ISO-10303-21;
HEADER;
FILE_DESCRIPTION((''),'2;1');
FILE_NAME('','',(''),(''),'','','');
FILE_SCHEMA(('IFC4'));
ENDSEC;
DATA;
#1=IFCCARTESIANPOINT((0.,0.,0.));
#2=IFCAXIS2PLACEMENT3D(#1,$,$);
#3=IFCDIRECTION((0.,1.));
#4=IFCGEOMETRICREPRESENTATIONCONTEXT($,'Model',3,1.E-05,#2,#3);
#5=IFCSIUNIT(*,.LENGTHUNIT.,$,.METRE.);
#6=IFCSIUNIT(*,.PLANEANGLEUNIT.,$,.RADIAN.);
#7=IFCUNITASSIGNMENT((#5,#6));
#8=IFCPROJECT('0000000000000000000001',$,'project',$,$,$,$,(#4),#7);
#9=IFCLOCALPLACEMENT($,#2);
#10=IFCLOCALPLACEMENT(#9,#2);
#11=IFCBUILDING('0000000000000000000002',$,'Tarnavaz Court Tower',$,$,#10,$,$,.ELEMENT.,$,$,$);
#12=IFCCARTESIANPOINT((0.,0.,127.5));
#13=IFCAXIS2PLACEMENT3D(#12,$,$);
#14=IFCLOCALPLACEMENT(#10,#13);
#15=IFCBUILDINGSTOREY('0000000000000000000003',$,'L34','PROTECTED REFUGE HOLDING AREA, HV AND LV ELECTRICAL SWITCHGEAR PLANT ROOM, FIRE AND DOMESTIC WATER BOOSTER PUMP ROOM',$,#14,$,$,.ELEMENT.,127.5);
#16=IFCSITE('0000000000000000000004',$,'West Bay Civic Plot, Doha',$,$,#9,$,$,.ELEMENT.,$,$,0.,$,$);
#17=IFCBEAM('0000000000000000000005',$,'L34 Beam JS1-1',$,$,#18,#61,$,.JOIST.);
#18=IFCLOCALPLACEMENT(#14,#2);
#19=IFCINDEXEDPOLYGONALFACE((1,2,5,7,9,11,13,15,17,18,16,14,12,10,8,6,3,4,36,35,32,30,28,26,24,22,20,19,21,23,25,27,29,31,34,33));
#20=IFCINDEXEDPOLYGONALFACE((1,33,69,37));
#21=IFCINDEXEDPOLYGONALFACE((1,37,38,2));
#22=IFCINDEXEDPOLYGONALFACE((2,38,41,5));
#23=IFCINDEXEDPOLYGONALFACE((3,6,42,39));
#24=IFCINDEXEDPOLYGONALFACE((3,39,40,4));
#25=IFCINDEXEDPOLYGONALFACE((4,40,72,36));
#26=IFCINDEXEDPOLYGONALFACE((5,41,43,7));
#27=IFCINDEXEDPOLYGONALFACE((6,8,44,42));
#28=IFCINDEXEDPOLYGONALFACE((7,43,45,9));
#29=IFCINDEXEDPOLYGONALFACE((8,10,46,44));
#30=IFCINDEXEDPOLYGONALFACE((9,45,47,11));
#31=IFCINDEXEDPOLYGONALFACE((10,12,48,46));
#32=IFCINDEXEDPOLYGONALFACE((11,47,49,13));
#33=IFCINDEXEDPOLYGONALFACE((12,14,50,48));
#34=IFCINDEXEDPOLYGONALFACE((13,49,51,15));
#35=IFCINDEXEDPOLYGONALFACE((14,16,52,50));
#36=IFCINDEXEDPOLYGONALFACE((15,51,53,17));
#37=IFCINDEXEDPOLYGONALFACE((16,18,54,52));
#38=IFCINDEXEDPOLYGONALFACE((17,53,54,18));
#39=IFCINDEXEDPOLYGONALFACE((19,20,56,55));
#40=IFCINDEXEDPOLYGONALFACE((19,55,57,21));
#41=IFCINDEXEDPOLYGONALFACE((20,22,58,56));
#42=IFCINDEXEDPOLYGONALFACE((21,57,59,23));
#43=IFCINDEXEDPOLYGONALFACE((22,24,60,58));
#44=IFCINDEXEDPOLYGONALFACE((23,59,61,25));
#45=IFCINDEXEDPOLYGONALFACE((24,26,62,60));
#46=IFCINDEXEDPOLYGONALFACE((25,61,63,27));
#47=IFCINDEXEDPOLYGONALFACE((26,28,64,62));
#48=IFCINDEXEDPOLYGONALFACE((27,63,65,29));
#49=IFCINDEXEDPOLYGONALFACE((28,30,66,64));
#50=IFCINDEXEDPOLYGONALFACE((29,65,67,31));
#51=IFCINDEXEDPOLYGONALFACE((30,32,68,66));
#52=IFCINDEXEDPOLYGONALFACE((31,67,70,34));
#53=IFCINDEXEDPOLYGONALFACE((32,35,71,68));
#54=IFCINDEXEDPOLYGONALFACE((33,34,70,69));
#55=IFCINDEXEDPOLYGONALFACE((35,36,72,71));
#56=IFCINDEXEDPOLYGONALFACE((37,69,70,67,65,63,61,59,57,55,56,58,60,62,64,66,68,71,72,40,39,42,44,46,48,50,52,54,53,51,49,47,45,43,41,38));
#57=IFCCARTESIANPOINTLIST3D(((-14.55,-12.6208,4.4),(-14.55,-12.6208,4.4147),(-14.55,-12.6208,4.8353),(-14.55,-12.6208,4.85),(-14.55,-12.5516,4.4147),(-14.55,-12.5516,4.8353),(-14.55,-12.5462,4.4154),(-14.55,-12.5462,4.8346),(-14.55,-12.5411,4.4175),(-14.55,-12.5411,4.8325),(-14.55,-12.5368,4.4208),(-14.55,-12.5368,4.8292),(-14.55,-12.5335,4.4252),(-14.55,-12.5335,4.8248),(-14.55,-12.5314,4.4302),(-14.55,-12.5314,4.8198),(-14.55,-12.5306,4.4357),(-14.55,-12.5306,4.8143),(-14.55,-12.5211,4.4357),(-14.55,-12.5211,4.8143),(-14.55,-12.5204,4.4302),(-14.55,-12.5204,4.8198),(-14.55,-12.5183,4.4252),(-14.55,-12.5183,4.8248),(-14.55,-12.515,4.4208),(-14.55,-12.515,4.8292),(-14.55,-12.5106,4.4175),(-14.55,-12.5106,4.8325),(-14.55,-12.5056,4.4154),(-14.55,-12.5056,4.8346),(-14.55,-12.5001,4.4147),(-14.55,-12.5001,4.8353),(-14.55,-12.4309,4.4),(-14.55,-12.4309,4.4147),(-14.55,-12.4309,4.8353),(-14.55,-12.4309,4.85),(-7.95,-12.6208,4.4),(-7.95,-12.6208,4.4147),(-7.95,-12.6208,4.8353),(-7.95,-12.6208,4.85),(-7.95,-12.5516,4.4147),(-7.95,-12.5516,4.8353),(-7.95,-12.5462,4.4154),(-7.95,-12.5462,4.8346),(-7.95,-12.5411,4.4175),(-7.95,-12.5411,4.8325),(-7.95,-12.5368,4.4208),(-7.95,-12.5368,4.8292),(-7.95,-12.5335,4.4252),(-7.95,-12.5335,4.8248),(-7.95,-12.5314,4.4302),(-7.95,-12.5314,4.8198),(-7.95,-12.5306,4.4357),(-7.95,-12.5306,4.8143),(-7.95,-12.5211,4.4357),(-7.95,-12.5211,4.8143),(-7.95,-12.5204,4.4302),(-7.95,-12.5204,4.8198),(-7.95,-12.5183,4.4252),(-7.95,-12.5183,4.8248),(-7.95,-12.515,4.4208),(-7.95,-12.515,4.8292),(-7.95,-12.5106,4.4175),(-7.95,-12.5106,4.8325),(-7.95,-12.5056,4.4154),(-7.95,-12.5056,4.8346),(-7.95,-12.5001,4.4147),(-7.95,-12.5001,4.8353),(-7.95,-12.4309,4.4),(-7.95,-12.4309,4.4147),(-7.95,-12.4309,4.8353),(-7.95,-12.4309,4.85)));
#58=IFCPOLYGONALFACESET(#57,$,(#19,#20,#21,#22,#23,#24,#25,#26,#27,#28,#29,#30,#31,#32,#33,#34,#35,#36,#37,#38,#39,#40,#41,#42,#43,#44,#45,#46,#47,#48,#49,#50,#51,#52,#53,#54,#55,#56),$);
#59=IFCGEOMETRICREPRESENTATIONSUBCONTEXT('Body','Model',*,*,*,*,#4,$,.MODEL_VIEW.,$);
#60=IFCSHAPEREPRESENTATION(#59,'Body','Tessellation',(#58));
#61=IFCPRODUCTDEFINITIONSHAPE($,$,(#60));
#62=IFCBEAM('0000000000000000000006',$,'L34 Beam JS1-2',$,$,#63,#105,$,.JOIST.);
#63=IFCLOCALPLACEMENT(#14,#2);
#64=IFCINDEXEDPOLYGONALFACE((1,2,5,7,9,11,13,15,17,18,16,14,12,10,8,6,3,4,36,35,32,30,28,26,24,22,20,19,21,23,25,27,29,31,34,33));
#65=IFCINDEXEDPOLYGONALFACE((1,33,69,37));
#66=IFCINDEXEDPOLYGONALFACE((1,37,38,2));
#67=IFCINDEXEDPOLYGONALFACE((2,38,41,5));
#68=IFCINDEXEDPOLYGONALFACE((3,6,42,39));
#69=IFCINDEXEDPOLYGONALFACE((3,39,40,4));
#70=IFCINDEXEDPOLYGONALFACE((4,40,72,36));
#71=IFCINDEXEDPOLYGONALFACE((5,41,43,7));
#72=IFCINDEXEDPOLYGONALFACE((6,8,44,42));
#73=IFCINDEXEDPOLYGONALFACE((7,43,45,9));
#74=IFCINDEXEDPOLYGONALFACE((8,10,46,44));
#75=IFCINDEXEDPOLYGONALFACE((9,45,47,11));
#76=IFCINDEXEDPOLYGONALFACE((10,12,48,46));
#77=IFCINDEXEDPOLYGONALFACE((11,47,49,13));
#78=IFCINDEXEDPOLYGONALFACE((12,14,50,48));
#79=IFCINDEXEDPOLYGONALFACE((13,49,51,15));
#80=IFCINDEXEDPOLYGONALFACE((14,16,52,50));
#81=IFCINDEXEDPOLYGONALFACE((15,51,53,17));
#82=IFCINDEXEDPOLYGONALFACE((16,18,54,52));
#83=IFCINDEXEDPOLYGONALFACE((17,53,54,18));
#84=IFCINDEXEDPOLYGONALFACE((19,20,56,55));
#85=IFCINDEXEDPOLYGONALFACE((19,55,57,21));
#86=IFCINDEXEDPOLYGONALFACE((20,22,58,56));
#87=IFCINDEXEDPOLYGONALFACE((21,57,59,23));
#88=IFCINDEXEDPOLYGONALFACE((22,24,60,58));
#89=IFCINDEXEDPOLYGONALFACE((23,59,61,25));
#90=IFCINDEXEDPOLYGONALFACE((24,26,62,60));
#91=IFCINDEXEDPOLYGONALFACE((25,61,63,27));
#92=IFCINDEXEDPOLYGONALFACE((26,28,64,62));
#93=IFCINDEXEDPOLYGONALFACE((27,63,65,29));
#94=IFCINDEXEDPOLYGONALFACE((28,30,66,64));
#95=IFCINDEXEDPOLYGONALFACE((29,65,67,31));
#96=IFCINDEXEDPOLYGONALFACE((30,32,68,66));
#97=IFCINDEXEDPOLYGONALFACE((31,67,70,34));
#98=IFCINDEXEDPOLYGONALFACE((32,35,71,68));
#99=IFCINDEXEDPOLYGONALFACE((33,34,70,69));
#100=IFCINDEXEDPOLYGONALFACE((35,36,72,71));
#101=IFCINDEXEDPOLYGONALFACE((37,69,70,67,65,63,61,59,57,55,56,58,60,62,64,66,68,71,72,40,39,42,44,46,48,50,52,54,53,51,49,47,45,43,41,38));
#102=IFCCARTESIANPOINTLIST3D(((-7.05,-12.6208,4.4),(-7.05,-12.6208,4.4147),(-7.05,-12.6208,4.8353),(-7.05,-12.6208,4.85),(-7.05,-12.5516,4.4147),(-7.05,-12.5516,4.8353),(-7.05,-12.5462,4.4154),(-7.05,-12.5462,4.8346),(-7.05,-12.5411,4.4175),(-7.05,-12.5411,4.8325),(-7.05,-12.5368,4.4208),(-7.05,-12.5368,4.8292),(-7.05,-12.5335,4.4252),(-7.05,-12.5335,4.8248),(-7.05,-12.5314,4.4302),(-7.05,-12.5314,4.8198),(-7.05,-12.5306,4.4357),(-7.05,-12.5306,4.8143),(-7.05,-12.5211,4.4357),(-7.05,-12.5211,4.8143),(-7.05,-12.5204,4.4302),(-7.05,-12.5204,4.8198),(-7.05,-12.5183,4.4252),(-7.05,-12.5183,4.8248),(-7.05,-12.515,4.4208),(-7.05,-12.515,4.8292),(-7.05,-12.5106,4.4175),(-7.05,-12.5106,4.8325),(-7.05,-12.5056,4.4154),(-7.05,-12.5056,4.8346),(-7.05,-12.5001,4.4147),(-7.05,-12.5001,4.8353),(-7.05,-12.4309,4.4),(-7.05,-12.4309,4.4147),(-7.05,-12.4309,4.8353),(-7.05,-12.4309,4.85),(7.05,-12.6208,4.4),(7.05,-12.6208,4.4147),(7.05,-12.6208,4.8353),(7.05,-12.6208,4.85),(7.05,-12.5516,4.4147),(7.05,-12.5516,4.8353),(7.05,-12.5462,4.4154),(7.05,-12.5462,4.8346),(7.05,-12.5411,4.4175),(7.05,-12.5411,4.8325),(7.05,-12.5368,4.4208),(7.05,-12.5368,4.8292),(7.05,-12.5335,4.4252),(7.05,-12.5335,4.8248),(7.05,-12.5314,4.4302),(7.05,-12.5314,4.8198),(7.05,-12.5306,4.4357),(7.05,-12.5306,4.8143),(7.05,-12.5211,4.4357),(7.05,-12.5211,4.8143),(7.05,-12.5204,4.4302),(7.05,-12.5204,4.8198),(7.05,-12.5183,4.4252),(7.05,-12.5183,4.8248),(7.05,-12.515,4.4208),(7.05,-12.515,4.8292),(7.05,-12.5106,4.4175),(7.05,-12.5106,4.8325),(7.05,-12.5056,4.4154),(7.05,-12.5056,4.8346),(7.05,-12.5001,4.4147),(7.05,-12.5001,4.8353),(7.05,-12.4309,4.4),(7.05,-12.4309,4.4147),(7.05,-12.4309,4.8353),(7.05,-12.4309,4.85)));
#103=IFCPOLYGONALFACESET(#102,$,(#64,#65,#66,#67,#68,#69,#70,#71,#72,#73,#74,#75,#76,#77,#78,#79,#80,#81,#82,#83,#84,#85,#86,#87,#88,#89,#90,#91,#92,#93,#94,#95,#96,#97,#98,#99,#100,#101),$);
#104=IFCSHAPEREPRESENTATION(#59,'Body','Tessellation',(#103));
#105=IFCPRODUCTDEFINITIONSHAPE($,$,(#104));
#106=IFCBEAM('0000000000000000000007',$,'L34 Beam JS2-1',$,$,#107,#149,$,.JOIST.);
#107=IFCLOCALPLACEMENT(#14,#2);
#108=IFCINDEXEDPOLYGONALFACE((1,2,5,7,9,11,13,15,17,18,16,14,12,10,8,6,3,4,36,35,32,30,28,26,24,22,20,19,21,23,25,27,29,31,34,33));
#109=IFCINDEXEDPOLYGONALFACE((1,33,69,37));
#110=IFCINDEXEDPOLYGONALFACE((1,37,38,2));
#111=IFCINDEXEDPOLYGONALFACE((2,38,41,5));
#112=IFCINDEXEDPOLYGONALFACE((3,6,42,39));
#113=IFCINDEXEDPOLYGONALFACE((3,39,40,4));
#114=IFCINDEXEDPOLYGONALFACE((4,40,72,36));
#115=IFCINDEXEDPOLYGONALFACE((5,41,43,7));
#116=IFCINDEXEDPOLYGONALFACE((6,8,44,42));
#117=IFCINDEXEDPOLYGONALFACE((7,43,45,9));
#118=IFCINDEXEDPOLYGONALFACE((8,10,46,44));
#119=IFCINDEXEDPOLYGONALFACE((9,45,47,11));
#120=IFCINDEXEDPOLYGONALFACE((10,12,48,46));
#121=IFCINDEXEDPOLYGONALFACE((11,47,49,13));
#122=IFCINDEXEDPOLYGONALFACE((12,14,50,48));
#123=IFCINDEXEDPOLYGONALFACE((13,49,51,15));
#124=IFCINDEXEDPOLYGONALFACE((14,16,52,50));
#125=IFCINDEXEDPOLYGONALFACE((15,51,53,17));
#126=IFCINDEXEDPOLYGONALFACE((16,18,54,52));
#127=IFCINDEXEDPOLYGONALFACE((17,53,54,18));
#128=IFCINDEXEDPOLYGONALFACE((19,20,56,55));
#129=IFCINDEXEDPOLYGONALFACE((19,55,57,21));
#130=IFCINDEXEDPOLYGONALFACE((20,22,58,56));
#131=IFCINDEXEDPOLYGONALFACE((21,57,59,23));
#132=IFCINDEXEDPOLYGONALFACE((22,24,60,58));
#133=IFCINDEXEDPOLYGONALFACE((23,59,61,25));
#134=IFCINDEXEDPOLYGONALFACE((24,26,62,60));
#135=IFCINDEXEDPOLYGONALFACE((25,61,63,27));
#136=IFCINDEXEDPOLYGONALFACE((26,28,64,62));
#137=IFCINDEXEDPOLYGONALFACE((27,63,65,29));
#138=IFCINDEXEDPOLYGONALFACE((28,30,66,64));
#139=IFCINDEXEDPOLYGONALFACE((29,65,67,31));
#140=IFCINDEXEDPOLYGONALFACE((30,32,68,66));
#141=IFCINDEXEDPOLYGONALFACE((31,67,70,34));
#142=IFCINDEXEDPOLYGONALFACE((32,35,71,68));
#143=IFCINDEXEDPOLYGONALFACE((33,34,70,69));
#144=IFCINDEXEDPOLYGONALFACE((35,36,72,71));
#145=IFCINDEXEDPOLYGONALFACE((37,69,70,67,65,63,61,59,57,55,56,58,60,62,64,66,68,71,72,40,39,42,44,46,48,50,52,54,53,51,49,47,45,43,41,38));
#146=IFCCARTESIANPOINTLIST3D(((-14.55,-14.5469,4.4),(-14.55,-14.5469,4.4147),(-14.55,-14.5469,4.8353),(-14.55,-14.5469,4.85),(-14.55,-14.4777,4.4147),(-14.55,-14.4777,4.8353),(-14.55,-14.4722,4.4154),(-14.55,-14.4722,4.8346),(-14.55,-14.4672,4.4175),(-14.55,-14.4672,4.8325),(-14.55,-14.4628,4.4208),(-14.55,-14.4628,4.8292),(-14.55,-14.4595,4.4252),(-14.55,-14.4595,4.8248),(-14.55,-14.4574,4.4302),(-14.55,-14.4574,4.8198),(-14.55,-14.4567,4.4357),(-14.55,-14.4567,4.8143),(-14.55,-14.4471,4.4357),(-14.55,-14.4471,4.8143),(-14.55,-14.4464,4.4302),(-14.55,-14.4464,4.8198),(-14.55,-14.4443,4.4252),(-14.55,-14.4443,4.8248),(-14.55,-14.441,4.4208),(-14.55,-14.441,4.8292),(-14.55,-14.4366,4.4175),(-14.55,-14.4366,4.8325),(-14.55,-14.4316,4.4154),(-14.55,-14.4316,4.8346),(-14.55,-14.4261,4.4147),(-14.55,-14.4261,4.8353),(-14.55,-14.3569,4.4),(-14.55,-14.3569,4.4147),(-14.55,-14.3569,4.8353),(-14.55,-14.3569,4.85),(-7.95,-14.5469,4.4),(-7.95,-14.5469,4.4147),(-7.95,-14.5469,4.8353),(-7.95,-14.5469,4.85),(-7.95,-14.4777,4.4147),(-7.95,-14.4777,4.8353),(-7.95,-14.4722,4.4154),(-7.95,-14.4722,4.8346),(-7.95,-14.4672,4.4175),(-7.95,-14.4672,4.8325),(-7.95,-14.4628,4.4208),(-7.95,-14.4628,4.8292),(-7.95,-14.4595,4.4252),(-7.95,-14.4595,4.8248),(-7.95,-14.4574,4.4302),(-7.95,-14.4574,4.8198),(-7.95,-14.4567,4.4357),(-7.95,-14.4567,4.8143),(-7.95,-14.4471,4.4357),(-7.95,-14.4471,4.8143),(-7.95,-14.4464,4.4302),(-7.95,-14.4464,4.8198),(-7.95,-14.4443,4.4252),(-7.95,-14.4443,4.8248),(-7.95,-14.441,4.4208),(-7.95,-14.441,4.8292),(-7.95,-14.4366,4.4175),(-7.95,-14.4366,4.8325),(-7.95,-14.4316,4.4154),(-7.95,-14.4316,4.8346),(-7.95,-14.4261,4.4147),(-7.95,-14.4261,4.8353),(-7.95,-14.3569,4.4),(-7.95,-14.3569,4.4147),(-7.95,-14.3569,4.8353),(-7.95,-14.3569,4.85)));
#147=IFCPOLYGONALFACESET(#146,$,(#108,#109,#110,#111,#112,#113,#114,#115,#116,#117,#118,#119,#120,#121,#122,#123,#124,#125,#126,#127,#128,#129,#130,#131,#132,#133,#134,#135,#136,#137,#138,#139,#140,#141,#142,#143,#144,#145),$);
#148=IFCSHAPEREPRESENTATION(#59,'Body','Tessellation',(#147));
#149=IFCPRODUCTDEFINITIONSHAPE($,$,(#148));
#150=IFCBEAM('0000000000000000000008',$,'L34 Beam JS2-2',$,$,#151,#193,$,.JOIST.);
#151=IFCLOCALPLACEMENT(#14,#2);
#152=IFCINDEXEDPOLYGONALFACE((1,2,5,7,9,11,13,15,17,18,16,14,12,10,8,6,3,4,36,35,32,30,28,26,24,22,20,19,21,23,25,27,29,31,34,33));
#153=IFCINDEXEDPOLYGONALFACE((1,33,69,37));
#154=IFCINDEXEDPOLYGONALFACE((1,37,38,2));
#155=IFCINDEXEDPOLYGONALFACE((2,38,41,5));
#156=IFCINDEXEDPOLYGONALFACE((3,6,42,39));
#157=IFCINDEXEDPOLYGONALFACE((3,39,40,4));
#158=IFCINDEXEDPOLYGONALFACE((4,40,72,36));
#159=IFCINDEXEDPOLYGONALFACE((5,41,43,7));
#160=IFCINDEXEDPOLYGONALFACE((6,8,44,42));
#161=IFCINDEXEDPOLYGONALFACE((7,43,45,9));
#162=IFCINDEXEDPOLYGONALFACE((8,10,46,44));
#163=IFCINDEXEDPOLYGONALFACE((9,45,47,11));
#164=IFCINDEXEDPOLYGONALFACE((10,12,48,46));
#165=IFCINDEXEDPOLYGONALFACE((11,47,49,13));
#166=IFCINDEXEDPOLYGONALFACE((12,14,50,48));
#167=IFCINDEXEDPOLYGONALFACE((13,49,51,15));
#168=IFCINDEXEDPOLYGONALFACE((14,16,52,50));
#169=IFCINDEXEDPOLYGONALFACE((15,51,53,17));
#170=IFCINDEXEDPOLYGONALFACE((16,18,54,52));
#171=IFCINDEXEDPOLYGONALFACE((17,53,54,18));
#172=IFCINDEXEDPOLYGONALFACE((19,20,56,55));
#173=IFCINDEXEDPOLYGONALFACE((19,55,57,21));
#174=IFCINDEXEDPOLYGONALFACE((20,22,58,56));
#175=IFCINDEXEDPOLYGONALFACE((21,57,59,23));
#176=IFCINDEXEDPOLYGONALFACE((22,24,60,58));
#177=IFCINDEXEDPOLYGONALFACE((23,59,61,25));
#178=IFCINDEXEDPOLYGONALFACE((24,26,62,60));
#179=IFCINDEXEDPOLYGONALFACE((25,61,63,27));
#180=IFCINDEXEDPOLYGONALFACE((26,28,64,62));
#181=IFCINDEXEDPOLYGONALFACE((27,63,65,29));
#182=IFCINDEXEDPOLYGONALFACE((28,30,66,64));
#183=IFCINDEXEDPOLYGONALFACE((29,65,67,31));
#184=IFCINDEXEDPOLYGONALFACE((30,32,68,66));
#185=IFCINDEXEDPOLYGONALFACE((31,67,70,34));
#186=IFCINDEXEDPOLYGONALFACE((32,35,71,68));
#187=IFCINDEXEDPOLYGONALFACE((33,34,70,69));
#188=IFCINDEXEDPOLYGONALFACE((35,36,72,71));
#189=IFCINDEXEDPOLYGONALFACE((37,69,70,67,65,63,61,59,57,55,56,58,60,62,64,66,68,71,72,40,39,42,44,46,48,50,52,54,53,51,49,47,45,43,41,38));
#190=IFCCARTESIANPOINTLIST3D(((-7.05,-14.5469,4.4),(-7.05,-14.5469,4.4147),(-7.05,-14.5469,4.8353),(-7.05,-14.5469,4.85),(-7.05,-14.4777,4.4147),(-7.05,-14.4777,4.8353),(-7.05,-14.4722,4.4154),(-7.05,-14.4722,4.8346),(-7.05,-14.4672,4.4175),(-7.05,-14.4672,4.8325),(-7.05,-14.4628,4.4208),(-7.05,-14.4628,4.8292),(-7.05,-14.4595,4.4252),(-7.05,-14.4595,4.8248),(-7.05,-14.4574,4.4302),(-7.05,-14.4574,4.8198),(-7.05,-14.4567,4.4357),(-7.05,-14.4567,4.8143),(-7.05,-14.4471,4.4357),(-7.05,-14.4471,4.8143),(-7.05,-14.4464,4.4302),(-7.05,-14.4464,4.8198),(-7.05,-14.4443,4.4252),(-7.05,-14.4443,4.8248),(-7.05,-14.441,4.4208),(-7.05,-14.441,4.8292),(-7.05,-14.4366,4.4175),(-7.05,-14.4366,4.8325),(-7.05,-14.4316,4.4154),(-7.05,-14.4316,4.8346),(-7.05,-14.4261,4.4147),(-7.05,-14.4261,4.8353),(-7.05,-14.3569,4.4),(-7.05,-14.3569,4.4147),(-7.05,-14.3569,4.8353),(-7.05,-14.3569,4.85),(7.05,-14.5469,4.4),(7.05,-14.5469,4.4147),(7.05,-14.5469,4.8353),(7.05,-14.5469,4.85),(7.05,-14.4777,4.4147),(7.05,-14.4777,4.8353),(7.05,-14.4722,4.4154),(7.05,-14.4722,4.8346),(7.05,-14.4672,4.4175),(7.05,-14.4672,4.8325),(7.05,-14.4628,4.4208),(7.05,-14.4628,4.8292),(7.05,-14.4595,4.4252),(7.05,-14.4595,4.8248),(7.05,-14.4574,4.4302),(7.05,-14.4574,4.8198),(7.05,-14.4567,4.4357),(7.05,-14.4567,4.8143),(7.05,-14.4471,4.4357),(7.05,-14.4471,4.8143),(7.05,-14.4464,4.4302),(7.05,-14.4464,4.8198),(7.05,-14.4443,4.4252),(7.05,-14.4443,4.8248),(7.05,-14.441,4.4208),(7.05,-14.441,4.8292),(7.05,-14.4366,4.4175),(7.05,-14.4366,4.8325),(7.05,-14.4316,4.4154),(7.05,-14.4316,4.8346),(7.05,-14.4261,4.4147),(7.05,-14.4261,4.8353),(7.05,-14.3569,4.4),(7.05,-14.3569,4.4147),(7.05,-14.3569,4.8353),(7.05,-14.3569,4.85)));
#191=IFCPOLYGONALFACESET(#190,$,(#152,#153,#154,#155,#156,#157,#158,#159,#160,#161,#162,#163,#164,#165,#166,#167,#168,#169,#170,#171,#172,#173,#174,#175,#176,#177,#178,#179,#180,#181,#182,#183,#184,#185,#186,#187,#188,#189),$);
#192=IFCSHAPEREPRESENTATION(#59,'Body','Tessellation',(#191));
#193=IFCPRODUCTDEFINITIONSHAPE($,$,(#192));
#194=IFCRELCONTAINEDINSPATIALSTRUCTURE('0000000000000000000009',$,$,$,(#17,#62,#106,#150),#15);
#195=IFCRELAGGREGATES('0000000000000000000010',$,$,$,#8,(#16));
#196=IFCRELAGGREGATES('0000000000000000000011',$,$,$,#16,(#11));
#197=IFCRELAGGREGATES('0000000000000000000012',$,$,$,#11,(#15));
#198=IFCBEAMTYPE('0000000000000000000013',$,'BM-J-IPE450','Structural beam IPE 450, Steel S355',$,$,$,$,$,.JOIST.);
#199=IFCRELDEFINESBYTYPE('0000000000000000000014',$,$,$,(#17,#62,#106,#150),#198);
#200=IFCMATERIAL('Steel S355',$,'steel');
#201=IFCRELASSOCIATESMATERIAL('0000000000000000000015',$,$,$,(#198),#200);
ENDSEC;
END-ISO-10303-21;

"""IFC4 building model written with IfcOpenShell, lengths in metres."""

from ifc_helpers import new_model, si_unit, direction, frame, origin, origin_2d, place, context, subcontext, project, spatial, i_section, extrude, material, material_profile, profile_set, type_object, element, save


model = new_model("IFC4")

# Units and contexts
model_context = context("Model", 3, precision=1e-05, world=origin(), true_north=direction((0.0, 1.0)))
body_context = subcontext(model_context, "Body", "Model", "MODEL_VIEW")
ifc_project = project(units=[si_unit("LENGTHUNIT", "METRE"), si_unit("PLANEANGLEUNIT", "RADIAN")], contexts=[model_context])

# Site, building, storey
site_placement = place(None, origin())
site = spatial("IfcSite", under=ifc_project, at=site_placement, Name="West Bay Civic Plot, Doha", CompositionType="ELEMENT", RefElevation=0.0)
building_placement = place(site_placement, origin())
building = spatial("IfcBuilding", under=site, at=building_placement, Name="Tarnavaz Court Tower", CompositionType="ELEMENT")
storey_placement = place(building_placement, frame((0.0, 0.0, 127.5)))
storey = spatial("IfcBuildingStorey", under=building, at=storey_placement, Name="L34", Description="PROTECTED REFUGE HOLDING AREA, HV AND LV ELECTRICAL SWITCHGEAR PLANT ROOM, FIRE AND DOMESTIC WATER BOOSTER PUMP ROOM", CompositionType="ELEMENT", Elevation=127.5)

# Beams
ifc_material_1 = material(Name="Steel S355", Category="steel")
ifc_material_profile_1 = material_profile(ifc_material_1, i_section(OverallWidth=0.1899, OverallDepth=0.45, WebThickness=0.0095, FlangeThickness=0.0146, FilletRadius=0.021, at=origin_2d()), Name="IPE 450")
ifc_profile_set_1 = profile_set([ifc_material_profile_1], Name="Steel S355")
beam_type_1 = type_object("IfcBeamType", Name="BM-J-IPE450", Description="Structural beam IPE 450, Steel S355", PredefinedType="JOIST", material=ifc_profile_set_1)
beam_1_placement = place(storey_placement, frame((-14.55, -12.5259, 4.625), z_axis=(1.0, 0.0, 0.0), x_axis=(0.0, 1.0, 0.0)))
element("IfcBeam", 1, at=beam_1_placement, inside=storey, type_object=beam_type_1, Name="L34 Beam JS1-1", PredefinedType="JOIST", context=body_context, shape_type="SweptSolid", body=[
    extrude(i_section(OverallWidth=0.1899, OverallDepth=0.45, WebThickness=0.0095, FlangeThickness=0.0146, FilletRadius=0.021, at=origin_2d()), origin(), (0.0, 0.0, 1.0), 6.6001),
])
beam_2_placement = place(storey_placement, frame((-7.05, -12.5259, 4.625), z_axis=(1.0, 0.0, 0.0), x_axis=(0.0, 1.0, 0.0)))
element("IfcBeam", 2, at=beam_2_placement, inside=storey, type_object=beam_type_1, Name="L34 Beam JS1-2", PredefinedType="JOIST", context=body_context, shape_type="SweptSolid", body=[
    extrude(i_section(OverallWidth=0.1899, OverallDepth=0.45, WebThickness=0.0095, FlangeThickness=0.0146, FilletRadius=0.021, at=origin_2d()), origin(), (0.0, 0.0, 1.0), 14.1001),
])
beam_3_placement = place(storey_placement, frame((-14.55, -14.4519, 4.625), z_axis=(1.0, 0.0, 0.0), x_axis=(0.0, 1.0, 0.0)))
element("IfcBeam", 3, at=beam_3_placement, inside=storey, type_object=beam_type_1, Name="L34 Beam JS2-1", PredefinedType="JOIST", context=body_context, shape_type="SweptSolid", body=[
    extrude(i_section(OverallWidth=0.1899, OverallDepth=0.45, WebThickness=0.0095, FlangeThickness=0.0146, FilletRadius=0.021, at=origin_2d()), origin(), (0.0, 0.0, 1.0), 6.6001),
])
for number, where, z_axis, x_axis, name in (
    (4, (-7.05, -14.4519, 4.625), (1.0, 0.0, 0.0), (0.0, 1.0, 0.0), "L34 Beam JS2-2"),
):
    element("IfcBeam", number, at=place(storey_placement, frame(where, z_axis=z_axis, x_axis=x_axis)), inside=storey, type_object=beam_type_1, Name=name, PredefinedType="JOIST", context=body_context, shape_type="SweptSolid", body=[
        extrude(i_section(OverallWidth=0.1899, OverallDepth=0.45, WebThickness=0.0095, FlangeThickness=0.0146, FilletRadius=0.021, at=origin_2d()), origin(), (0.0, 0.0, 1.0), 14.1001),
    ])

save(model, "model.ifc")
